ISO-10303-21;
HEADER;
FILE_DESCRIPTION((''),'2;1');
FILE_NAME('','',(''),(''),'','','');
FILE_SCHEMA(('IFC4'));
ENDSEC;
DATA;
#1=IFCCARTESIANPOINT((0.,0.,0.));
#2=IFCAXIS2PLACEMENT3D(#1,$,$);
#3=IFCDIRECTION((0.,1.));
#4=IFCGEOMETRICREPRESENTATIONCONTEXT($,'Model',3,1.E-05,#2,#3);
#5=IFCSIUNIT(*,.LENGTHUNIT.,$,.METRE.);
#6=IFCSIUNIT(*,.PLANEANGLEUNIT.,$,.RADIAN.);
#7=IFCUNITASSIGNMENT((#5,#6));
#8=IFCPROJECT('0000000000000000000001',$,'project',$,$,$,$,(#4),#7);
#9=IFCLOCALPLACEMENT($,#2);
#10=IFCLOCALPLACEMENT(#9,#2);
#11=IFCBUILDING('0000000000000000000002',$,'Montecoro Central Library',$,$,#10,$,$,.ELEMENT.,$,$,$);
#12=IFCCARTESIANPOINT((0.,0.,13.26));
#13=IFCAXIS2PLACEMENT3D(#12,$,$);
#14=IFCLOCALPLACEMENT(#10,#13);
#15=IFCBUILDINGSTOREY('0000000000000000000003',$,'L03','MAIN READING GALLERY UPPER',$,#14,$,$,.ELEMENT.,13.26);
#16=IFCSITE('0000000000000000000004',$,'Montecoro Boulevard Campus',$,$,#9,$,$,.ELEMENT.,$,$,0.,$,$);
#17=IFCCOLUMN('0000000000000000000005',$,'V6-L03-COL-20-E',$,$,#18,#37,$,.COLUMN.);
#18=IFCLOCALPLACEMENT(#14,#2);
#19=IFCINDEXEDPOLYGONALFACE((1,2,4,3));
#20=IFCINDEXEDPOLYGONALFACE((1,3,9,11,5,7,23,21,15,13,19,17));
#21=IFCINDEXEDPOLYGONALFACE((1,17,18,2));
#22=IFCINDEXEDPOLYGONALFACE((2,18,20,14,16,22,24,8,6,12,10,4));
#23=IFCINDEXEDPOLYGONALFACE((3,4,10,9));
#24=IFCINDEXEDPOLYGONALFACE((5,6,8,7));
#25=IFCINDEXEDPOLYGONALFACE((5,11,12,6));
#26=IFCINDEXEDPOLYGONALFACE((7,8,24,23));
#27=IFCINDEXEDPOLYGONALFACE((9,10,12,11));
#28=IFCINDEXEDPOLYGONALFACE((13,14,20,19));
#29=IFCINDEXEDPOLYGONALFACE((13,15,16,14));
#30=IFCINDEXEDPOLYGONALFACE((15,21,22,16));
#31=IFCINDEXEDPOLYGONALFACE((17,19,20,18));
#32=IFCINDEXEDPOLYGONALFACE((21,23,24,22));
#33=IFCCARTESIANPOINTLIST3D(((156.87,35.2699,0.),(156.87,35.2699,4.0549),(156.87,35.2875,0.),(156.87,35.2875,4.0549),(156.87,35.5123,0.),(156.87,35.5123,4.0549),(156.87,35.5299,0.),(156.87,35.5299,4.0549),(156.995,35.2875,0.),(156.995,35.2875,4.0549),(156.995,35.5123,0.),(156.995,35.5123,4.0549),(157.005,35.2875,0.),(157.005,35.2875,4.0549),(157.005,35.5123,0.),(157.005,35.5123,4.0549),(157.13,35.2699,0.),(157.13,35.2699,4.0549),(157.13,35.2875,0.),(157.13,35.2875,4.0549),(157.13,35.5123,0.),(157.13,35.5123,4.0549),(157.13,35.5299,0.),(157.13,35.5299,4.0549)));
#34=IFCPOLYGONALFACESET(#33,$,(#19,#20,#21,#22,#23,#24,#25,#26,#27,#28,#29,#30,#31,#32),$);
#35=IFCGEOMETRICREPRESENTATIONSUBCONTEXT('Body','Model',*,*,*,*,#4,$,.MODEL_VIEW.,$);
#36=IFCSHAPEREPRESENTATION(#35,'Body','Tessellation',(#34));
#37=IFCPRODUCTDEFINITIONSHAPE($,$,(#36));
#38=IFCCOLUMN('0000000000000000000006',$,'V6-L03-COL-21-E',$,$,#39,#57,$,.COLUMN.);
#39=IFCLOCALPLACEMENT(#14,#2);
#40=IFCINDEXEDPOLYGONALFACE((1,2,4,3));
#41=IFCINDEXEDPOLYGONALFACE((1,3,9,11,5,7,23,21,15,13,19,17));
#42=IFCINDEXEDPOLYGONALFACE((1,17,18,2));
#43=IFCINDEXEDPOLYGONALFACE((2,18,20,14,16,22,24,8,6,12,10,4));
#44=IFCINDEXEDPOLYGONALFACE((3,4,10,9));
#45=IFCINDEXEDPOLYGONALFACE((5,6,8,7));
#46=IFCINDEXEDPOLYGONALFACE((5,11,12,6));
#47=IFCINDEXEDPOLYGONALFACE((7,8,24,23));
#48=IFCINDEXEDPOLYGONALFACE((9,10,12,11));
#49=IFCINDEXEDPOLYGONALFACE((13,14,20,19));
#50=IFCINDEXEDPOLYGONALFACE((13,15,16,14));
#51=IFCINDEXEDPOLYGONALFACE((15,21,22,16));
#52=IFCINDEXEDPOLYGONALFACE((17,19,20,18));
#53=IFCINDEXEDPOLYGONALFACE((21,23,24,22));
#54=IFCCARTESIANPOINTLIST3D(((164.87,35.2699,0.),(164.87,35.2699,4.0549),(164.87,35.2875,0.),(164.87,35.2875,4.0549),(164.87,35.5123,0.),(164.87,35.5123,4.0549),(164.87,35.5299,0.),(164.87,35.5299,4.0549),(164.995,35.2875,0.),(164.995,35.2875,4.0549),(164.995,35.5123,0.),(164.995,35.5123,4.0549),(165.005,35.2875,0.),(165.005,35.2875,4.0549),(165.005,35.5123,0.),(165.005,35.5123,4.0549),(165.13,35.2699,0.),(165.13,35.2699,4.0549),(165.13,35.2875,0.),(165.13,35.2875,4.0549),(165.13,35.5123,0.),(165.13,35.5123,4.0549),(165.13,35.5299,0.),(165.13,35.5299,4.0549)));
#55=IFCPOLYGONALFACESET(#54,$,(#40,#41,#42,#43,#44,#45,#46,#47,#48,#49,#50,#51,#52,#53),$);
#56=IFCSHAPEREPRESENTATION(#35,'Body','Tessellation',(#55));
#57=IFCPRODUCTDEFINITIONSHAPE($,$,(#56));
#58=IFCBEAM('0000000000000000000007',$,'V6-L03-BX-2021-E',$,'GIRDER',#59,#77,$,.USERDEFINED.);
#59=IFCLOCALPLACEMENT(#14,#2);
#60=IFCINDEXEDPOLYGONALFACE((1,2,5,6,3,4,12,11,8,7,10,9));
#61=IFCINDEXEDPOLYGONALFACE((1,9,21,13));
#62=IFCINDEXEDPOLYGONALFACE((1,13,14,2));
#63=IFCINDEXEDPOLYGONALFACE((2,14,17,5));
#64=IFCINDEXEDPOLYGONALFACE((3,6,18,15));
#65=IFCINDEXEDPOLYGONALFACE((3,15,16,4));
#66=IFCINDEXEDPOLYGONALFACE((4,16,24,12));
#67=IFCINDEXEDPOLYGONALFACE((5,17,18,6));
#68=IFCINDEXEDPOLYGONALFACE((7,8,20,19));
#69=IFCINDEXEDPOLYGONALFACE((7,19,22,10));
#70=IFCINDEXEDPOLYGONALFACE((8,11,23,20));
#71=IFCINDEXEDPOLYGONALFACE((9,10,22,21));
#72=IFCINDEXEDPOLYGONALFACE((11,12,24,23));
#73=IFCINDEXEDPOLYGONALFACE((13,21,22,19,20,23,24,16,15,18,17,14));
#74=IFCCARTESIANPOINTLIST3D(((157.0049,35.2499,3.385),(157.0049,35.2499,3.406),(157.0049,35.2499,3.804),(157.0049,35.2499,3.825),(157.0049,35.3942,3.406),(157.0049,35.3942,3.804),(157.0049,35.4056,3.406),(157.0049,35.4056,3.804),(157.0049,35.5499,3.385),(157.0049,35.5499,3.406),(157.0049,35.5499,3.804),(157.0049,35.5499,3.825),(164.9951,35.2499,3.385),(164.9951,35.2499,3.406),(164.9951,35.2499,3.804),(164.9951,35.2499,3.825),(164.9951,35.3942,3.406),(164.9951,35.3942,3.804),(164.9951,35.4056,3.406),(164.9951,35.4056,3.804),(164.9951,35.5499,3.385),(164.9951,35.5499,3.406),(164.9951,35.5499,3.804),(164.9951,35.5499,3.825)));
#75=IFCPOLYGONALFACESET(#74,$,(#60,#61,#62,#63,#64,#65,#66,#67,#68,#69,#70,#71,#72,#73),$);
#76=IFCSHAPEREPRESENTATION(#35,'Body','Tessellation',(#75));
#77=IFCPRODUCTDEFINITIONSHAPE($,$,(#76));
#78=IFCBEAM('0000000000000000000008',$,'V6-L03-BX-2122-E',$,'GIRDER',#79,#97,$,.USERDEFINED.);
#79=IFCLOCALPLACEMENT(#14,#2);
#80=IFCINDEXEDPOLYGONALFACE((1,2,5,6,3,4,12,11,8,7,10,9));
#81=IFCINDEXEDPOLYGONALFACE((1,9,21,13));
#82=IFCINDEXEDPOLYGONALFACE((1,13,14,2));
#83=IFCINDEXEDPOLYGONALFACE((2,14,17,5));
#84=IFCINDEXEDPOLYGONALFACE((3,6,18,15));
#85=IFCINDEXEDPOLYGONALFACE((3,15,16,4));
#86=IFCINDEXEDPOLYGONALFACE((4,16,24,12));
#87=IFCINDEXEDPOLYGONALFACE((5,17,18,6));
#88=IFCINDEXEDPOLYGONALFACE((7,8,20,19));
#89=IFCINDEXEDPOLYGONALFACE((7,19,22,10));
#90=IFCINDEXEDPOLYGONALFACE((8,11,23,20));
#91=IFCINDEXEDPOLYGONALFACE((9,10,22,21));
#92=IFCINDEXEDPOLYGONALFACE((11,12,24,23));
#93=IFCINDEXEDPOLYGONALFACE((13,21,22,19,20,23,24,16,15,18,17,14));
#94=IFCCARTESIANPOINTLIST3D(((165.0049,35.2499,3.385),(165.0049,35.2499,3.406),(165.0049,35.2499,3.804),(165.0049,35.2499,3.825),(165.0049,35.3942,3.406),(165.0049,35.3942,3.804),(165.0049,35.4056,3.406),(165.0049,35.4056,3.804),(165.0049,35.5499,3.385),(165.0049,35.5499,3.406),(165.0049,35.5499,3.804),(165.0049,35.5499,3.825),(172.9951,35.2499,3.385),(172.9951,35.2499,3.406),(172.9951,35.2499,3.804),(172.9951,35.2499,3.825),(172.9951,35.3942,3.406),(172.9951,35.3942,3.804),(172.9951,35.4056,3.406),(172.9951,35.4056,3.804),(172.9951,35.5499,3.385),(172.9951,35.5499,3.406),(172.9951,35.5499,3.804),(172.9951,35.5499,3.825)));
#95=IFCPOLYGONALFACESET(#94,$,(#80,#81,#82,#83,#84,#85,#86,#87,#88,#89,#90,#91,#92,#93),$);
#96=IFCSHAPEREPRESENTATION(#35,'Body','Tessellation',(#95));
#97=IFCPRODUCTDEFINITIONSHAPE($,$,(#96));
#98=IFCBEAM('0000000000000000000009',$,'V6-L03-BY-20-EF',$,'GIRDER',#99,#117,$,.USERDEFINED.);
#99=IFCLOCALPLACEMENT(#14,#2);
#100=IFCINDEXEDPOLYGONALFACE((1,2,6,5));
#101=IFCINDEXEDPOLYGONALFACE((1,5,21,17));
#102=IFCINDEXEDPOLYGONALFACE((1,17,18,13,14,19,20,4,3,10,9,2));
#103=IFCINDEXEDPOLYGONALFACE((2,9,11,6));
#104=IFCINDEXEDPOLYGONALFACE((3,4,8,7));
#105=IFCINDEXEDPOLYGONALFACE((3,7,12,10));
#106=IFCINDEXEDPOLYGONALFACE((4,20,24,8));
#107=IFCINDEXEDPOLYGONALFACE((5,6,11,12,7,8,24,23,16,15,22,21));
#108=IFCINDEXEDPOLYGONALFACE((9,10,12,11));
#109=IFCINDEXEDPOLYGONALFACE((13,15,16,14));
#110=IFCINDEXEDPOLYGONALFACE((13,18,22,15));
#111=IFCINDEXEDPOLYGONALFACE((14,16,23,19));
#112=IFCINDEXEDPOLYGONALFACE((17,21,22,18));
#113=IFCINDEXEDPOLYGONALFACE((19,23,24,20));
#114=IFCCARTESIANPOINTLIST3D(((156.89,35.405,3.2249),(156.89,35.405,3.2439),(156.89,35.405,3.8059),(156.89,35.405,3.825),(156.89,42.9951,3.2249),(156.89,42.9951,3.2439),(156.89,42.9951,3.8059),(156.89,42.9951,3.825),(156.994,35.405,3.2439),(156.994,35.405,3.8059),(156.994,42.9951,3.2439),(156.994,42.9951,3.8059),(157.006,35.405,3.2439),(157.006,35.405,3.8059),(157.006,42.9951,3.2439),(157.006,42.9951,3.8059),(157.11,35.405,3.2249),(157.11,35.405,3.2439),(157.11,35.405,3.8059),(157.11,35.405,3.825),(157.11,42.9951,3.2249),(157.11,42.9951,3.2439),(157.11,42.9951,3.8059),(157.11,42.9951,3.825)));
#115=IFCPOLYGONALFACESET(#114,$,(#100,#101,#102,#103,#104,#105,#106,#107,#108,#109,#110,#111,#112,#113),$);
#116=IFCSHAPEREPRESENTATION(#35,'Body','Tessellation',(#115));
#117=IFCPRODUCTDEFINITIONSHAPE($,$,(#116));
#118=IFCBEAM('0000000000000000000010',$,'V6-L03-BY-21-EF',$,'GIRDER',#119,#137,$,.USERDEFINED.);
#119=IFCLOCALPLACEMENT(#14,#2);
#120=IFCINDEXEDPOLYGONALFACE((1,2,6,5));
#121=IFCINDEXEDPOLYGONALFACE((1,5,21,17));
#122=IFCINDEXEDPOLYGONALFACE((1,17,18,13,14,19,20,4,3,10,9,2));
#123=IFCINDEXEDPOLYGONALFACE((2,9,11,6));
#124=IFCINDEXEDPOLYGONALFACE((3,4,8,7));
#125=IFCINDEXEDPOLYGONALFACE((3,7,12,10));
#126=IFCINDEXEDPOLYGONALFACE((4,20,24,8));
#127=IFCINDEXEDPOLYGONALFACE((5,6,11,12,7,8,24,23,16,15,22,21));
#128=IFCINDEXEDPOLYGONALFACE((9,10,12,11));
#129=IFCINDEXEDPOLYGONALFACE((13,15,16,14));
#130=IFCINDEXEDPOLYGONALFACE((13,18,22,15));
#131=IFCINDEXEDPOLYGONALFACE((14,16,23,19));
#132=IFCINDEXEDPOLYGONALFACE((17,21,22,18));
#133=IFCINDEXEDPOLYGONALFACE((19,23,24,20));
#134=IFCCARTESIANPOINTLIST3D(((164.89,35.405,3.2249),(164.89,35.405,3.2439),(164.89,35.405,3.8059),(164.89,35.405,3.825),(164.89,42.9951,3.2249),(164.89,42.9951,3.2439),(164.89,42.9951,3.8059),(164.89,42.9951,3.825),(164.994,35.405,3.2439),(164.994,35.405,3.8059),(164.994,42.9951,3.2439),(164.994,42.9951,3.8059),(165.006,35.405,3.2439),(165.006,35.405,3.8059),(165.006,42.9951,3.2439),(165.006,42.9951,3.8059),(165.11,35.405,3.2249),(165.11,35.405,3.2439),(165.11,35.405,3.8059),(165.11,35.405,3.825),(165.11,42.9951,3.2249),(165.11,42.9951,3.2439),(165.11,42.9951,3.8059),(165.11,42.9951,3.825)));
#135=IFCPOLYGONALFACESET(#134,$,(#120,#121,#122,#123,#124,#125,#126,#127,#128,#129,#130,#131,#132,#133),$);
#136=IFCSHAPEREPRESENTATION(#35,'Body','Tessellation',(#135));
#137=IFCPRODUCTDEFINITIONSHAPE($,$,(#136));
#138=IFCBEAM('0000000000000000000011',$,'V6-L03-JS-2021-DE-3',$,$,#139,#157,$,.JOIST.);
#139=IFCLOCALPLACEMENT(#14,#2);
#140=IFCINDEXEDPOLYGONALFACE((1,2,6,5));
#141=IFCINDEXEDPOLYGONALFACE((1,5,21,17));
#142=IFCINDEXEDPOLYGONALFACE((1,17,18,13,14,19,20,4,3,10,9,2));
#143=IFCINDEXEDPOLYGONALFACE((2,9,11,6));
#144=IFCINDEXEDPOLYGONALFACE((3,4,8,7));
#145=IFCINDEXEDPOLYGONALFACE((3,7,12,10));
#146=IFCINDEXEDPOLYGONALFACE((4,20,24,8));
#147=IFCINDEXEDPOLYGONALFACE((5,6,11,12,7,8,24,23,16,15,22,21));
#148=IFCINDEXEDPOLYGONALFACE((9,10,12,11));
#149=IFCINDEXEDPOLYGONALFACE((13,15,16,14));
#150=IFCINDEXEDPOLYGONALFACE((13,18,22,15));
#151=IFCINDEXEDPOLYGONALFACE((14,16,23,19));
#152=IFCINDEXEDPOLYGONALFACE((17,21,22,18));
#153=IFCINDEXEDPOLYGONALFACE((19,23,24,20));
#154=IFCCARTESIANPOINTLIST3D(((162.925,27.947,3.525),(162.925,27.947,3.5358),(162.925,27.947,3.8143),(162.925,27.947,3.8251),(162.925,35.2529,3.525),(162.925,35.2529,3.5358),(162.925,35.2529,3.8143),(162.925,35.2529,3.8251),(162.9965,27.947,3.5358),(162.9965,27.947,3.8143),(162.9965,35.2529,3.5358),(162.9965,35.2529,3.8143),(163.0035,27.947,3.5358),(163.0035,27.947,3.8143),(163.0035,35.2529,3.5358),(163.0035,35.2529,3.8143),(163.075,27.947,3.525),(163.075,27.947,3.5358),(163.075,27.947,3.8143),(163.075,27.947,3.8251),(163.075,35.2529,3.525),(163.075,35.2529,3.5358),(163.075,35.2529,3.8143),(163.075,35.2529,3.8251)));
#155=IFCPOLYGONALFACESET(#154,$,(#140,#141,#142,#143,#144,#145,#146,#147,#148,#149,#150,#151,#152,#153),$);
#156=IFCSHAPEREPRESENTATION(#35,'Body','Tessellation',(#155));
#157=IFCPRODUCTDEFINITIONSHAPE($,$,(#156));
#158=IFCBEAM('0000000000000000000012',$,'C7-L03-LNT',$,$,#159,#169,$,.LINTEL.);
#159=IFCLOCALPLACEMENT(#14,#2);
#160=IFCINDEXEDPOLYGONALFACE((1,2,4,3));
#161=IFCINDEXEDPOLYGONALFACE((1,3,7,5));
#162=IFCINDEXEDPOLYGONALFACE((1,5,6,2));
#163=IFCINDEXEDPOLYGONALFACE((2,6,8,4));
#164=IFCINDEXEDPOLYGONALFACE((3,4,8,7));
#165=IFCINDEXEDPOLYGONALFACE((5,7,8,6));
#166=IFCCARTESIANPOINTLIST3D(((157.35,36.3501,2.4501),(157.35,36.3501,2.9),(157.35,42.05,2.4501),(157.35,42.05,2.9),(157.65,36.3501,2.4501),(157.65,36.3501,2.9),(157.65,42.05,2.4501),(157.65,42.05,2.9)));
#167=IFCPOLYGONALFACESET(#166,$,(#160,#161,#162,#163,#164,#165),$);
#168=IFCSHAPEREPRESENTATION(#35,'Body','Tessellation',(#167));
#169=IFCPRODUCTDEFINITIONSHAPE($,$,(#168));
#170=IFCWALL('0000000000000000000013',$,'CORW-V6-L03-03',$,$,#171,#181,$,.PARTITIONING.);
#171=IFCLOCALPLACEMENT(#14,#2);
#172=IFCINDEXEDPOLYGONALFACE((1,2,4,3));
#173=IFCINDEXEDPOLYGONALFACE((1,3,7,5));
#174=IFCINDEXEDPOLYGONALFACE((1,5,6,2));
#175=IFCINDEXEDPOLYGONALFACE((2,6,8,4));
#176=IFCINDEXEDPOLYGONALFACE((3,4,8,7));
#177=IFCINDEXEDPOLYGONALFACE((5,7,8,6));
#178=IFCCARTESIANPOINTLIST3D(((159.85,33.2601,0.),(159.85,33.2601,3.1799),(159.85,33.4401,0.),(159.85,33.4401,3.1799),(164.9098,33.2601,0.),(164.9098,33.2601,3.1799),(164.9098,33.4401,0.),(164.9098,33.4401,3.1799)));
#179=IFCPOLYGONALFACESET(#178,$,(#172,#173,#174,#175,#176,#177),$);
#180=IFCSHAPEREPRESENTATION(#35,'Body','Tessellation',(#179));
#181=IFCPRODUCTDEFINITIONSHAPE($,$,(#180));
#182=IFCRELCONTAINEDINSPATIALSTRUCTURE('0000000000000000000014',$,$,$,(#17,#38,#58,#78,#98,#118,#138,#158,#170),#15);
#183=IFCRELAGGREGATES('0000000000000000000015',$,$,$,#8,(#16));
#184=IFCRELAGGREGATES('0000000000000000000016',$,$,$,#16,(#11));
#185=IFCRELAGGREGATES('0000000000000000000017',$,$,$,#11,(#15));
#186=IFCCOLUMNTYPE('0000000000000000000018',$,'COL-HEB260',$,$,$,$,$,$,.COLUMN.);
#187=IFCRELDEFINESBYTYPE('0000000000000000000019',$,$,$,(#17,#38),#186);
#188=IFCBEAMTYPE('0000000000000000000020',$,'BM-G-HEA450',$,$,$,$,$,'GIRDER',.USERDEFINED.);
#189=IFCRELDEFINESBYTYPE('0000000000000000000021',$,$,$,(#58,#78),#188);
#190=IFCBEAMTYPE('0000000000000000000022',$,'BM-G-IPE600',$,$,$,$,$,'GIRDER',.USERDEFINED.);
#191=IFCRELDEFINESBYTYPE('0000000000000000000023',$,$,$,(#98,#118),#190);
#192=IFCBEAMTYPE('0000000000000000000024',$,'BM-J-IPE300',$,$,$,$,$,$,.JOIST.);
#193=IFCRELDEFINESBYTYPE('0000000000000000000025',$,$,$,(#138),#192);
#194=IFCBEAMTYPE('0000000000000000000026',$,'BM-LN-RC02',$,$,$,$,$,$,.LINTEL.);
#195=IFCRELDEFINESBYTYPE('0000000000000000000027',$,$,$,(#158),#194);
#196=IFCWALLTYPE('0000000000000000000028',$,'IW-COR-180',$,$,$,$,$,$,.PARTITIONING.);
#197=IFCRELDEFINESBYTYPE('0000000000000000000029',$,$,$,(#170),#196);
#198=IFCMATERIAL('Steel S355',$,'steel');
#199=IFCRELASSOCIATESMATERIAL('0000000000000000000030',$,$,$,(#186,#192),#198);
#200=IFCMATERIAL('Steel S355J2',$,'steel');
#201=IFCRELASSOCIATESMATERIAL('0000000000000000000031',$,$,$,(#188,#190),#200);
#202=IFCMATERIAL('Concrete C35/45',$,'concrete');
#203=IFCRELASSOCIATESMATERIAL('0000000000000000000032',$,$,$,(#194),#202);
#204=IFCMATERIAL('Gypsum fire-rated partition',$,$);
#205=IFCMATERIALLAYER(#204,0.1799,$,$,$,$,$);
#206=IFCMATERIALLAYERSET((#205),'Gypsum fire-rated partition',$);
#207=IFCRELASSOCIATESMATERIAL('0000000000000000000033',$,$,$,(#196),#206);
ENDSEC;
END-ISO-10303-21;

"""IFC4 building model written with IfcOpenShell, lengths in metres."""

from ifc_helpers import new_model, si_unit, direction, frame, frame_2d, origin, origin_2d, place, context, subcontext, project, spatial, rectangle, i_section, extrude, material, layer, layer_set, material_profile, profile_set, type_object, element, save


model = new_model("IFC4")

# Units and contexts
model_context = context("Model", 3, precision=1e-05, world=origin(), true_north=direction((0.0, 1.0)))
body_context = subcontext(model_context, "Body", "Model", "MODEL_VIEW")
ifc_project = project(units=[si_unit("LENGTHUNIT", "METRE"), si_unit("PLANEANGLEUNIT", "RADIAN")], contexts=[model_context])

# Site, building, storey
site_placement = place(None, origin())
site = spatial("IfcSite", under=ifc_project, at=site_placement, Name="Montecoro Boulevard Campus", CompositionType="ELEMENT", RefElevation=0.0)
building_placement = place(site_placement, origin())
building = spatial("IfcBuilding", under=site, at=building_placement, Name="Montecoro Central Library", CompositionType="ELEMENT")
storey_placement = place(building_placement, frame((0.0, 0.0, 13.26)))
storey = spatial("IfcBuildingStorey", under=building, at=storey_placement, Name="L03", Description="MAIN READING GALLERY UPPER", CompositionType="ELEMENT", Elevation=13.26)

# Columns
ifc_material_1 = material(Name="Steel S355", Category="steel")
ifc_material_profile_1 = material_profile(ifc_material_1, i_section(OverallWidth=0.26, OverallDepth=0.26, WebThickness=0.01, FlangeThickness=0.0176, at=origin_2d()), Name="HEB 260")
ifc_profile_set_1 = profile_set([ifc_material_profile_1], Name="Steel S355")
column_type = type_object("IfcColumnType", Name="COL-HEB260", PredefinedType="COLUMN", material=ifc_profile_set_1)
for number, where, z_axis, x_axis, name in (
    (1, (157.0, 35.3999, 0.0), (0.0, 0.0, 1.0), (1.0, 0.0, 0.0), "V6-L03-COL-20-E"),
    (2, (165.0, 35.3999, 0.0), (0.0, 0.0, 1.0), (1.0, 0.0, 0.0), "V6-L03-COL-21-E"),
):
    element("IfcColumn", number, at=place(storey_placement, frame(where, z_axis=z_axis, x_axis=x_axis)), inside=storey, type_object=column_type, Name=name, PredefinedType="COLUMN", context=body_context, shape_type="SweptSolid", body=[
        extrude(i_section(OverallWidth=0.26, OverallDepth=0.26, WebThickness=0.01, FlangeThickness=0.0176, at=origin_2d()), origin(), (0.0, 0.0, 1.0), 4.0549),
    ])

# Beams
ifc_material_2 = material(Name="Steel S355J2", Category="steel")
ifc_material_profile_2 = material_profile(ifc_material_2, i_section(OverallWidth=0.3, OverallDepth=0.4399, WebThickness=0.0115, FlangeThickness=0.021, at=origin_2d()), Name="HEA 450")
ifc_profile_set_2 = profile_set([ifc_material_profile_2], Name="Steel S355J2")
beam_type_1 = type_object("IfcBeamType", Name="BM-G-HEA450", ElementType="GIRDER", PredefinedType="USERDEFINED", material=ifc_profile_set_2)
for number, where, z_axis, x_axis, name in (
    (3, (157.0049, 35.3999, 3.605), (1.0, 0.0, 0.0), (0.0, 1.0, 0.0), "V6-L03-BX-2021-E"),
    (4, (165.0049, 35.3999, 3.605), (1.0, 0.0, 0.0), (0.0, 1.0, 0.0), "V6-L03-BX-2122-E"),
):
    element("IfcBeam", number, at=place(storey_placement, frame(where, z_axis=z_axis, x_axis=x_axis)), inside=storey, type_object=beam_type_1, Name=name, ObjectType="GIRDER", PredefinedType="USERDEFINED", context=body_context, shape_type="SweptSolid", body=[
        extrude(i_section(OverallWidth=0.3, OverallDepth=0.4399, WebThickness=0.0115, FlangeThickness=0.021, at=origin_2d()), origin(), (0.0, 0.0, 1.0), 7.9902),
    ])
ifc_material_profile_3 = material_profile(ifc_material_2, i_section(OverallWidth=0.22, OverallDepth=0.6001, WebThickness=0.012, FlangeThickness=0.019, at=origin_2d()), Name="IPE 600")
ifc_profile_set_3 = profile_set([ifc_material_profile_3], Name="Steel S355J2")
beam_type_2 = type_object("IfcBeamType", Name="BM-G-IPE600", ElementType="GIRDER", PredefinedType="USERDEFINED", material=ifc_profile_set_3)
for number, where, z_axis, x_axis, name in (
    (5, (157.0, 35.405, 3.5249), (0.0, 1.0, 0.0), (-1.0, 0.0, 0.0), "V6-L03-BY-20-EF"),
    (6, (165.0, 35.405, 3.5249), (0.0, 1.0, 0.0), (-1.0, 0.0, 0.0), "V6-L03-BY-21-EF"),
):
    element("IfcBeam", number, at=place(storey_placement, frame(where, z_axis=z_axis, x_axis=x_axis)), inside=storey, type_object=beam_type_2, Name=name, ObjectType="GIRDER", PredefinedType="USERDEFINED", context=body_context, shape_type="SweptSolid", body=[
        extrude(i_section(OverallWidth=0.22, OverallDepth=0.6001, WebThickness=0.012, FlangeThickness=0.019, at=origin_2d()), origin(), (0.0, 0.0, 1.0), 7.5901),
    ])
ifc_material_profile_4 = material_profile(ifc_material_1, i_section(OverallWidth=0.1499, OverallDepth=0.3, WebThickness=0.0071, FlangeThickness=0.0107, at=origin_2d()), Name="IPE 300")
ifc_profile_set_4 = profile_set([ifc_material_profile_4], Name="Steel S355")
beam_type_3 = type_object("IfcBeamType", Name="BM-J-IPE300", PredefinedType="JOIST", material=ifc_profile_set_4)
beam_1_placement = place(storey_placement, frame((163.0, 27.947, 3.675), z_axis=(0.0, 1.0, 0.0), x_axis=(-1.0, 0.0, 0.0)))
element("IfcBeam", 7, at=beam_1_placement, inside=storey, type_object=beam_type_3, Name="V6-L03-JS-2021-DE-3", PredefinedType="JOIST", context=body_context, shape_type="SweptSolid", body=[
    extrude(i_section(OverallWidth=0.1499, OverallDepth=0.3, WebThickness=0.0071, FlangeThickness=0.0107, at=origin_2d()), origin(), (0.0, 0.0, 1.0), 7.3059),
])
ifc_material_3 = material(Name="Concrete C35/45", Category="concrete")
ifc_material_profile_5 = material_profile(ifc_material_3, rectangle(XDim=0.3, YDim=0.45, at=origin_2d()), Name="RC LNT 450x300")
ifc_profile_set_5 = profile_set([ifc_material_profile_5], Name="Concrete C35/45")
beam_type_4 = type_object("IfcBeamType", Name="BM-LN-RC02", PredefinedType="LINTEL", material=ifc_profile_set_5)
beam_2_placement = place(storey_placement, frame((157.5, 36.3501, 2.675), z_axis=(0.0, 1.0, 0.0), x_axis=(-1.0, 0.0, 0.0)))
element("IfcBeam", 8, at=beam_2_placement, inside=storey, type_object=beam_type_4, Name="C7-L03-LNT", PredefinedType="LINTEL", context=body_context, shape_type="SweptSolid", body=[
    extrude(rectangle(XDim=0.3, YDim=0.45, at=origin_2d()), origin(), (0.0, 0.0, 1.0), 5.7),
])

# Wall
ifc_material_4 = material(Name="Gypsum fire-rated partition")
ifc_layer_1 = layer(ifc_material_4, 0.1799)
ifc_layer_set_1 = layer_set([ifc_layer_1], Name="Gypsum fire-rated partition")
wall_type_1 = type_object("IfcWallType", Name="IW-COR-180", PredefinedType="PARTITIONING", material=ifc_layer_set_1)
wall_1_placement = place(storey_placement, frame((159.8501, 33.3501, 0.0), z_axis=(0.0, 0.0, 1.0), x_axis=(1.0, 0.0, 0.0)))
element("IfcWall", 9, at=wall_1_placement, inside=storey, type_object=wall_type_1, Name="CORW-V6-L03-03", PredefinedType="PARTITIONING", context=body_context, shape_type="SweptSolid", body=[
    extrude(rectangle(XDim=5.0598, YDim=0.1799, at=frame_2d((2.5298, 0.0))), origin(), (0.0, 0.0, 1.0), 3.1799),
])

save(model, "model.ifc")
